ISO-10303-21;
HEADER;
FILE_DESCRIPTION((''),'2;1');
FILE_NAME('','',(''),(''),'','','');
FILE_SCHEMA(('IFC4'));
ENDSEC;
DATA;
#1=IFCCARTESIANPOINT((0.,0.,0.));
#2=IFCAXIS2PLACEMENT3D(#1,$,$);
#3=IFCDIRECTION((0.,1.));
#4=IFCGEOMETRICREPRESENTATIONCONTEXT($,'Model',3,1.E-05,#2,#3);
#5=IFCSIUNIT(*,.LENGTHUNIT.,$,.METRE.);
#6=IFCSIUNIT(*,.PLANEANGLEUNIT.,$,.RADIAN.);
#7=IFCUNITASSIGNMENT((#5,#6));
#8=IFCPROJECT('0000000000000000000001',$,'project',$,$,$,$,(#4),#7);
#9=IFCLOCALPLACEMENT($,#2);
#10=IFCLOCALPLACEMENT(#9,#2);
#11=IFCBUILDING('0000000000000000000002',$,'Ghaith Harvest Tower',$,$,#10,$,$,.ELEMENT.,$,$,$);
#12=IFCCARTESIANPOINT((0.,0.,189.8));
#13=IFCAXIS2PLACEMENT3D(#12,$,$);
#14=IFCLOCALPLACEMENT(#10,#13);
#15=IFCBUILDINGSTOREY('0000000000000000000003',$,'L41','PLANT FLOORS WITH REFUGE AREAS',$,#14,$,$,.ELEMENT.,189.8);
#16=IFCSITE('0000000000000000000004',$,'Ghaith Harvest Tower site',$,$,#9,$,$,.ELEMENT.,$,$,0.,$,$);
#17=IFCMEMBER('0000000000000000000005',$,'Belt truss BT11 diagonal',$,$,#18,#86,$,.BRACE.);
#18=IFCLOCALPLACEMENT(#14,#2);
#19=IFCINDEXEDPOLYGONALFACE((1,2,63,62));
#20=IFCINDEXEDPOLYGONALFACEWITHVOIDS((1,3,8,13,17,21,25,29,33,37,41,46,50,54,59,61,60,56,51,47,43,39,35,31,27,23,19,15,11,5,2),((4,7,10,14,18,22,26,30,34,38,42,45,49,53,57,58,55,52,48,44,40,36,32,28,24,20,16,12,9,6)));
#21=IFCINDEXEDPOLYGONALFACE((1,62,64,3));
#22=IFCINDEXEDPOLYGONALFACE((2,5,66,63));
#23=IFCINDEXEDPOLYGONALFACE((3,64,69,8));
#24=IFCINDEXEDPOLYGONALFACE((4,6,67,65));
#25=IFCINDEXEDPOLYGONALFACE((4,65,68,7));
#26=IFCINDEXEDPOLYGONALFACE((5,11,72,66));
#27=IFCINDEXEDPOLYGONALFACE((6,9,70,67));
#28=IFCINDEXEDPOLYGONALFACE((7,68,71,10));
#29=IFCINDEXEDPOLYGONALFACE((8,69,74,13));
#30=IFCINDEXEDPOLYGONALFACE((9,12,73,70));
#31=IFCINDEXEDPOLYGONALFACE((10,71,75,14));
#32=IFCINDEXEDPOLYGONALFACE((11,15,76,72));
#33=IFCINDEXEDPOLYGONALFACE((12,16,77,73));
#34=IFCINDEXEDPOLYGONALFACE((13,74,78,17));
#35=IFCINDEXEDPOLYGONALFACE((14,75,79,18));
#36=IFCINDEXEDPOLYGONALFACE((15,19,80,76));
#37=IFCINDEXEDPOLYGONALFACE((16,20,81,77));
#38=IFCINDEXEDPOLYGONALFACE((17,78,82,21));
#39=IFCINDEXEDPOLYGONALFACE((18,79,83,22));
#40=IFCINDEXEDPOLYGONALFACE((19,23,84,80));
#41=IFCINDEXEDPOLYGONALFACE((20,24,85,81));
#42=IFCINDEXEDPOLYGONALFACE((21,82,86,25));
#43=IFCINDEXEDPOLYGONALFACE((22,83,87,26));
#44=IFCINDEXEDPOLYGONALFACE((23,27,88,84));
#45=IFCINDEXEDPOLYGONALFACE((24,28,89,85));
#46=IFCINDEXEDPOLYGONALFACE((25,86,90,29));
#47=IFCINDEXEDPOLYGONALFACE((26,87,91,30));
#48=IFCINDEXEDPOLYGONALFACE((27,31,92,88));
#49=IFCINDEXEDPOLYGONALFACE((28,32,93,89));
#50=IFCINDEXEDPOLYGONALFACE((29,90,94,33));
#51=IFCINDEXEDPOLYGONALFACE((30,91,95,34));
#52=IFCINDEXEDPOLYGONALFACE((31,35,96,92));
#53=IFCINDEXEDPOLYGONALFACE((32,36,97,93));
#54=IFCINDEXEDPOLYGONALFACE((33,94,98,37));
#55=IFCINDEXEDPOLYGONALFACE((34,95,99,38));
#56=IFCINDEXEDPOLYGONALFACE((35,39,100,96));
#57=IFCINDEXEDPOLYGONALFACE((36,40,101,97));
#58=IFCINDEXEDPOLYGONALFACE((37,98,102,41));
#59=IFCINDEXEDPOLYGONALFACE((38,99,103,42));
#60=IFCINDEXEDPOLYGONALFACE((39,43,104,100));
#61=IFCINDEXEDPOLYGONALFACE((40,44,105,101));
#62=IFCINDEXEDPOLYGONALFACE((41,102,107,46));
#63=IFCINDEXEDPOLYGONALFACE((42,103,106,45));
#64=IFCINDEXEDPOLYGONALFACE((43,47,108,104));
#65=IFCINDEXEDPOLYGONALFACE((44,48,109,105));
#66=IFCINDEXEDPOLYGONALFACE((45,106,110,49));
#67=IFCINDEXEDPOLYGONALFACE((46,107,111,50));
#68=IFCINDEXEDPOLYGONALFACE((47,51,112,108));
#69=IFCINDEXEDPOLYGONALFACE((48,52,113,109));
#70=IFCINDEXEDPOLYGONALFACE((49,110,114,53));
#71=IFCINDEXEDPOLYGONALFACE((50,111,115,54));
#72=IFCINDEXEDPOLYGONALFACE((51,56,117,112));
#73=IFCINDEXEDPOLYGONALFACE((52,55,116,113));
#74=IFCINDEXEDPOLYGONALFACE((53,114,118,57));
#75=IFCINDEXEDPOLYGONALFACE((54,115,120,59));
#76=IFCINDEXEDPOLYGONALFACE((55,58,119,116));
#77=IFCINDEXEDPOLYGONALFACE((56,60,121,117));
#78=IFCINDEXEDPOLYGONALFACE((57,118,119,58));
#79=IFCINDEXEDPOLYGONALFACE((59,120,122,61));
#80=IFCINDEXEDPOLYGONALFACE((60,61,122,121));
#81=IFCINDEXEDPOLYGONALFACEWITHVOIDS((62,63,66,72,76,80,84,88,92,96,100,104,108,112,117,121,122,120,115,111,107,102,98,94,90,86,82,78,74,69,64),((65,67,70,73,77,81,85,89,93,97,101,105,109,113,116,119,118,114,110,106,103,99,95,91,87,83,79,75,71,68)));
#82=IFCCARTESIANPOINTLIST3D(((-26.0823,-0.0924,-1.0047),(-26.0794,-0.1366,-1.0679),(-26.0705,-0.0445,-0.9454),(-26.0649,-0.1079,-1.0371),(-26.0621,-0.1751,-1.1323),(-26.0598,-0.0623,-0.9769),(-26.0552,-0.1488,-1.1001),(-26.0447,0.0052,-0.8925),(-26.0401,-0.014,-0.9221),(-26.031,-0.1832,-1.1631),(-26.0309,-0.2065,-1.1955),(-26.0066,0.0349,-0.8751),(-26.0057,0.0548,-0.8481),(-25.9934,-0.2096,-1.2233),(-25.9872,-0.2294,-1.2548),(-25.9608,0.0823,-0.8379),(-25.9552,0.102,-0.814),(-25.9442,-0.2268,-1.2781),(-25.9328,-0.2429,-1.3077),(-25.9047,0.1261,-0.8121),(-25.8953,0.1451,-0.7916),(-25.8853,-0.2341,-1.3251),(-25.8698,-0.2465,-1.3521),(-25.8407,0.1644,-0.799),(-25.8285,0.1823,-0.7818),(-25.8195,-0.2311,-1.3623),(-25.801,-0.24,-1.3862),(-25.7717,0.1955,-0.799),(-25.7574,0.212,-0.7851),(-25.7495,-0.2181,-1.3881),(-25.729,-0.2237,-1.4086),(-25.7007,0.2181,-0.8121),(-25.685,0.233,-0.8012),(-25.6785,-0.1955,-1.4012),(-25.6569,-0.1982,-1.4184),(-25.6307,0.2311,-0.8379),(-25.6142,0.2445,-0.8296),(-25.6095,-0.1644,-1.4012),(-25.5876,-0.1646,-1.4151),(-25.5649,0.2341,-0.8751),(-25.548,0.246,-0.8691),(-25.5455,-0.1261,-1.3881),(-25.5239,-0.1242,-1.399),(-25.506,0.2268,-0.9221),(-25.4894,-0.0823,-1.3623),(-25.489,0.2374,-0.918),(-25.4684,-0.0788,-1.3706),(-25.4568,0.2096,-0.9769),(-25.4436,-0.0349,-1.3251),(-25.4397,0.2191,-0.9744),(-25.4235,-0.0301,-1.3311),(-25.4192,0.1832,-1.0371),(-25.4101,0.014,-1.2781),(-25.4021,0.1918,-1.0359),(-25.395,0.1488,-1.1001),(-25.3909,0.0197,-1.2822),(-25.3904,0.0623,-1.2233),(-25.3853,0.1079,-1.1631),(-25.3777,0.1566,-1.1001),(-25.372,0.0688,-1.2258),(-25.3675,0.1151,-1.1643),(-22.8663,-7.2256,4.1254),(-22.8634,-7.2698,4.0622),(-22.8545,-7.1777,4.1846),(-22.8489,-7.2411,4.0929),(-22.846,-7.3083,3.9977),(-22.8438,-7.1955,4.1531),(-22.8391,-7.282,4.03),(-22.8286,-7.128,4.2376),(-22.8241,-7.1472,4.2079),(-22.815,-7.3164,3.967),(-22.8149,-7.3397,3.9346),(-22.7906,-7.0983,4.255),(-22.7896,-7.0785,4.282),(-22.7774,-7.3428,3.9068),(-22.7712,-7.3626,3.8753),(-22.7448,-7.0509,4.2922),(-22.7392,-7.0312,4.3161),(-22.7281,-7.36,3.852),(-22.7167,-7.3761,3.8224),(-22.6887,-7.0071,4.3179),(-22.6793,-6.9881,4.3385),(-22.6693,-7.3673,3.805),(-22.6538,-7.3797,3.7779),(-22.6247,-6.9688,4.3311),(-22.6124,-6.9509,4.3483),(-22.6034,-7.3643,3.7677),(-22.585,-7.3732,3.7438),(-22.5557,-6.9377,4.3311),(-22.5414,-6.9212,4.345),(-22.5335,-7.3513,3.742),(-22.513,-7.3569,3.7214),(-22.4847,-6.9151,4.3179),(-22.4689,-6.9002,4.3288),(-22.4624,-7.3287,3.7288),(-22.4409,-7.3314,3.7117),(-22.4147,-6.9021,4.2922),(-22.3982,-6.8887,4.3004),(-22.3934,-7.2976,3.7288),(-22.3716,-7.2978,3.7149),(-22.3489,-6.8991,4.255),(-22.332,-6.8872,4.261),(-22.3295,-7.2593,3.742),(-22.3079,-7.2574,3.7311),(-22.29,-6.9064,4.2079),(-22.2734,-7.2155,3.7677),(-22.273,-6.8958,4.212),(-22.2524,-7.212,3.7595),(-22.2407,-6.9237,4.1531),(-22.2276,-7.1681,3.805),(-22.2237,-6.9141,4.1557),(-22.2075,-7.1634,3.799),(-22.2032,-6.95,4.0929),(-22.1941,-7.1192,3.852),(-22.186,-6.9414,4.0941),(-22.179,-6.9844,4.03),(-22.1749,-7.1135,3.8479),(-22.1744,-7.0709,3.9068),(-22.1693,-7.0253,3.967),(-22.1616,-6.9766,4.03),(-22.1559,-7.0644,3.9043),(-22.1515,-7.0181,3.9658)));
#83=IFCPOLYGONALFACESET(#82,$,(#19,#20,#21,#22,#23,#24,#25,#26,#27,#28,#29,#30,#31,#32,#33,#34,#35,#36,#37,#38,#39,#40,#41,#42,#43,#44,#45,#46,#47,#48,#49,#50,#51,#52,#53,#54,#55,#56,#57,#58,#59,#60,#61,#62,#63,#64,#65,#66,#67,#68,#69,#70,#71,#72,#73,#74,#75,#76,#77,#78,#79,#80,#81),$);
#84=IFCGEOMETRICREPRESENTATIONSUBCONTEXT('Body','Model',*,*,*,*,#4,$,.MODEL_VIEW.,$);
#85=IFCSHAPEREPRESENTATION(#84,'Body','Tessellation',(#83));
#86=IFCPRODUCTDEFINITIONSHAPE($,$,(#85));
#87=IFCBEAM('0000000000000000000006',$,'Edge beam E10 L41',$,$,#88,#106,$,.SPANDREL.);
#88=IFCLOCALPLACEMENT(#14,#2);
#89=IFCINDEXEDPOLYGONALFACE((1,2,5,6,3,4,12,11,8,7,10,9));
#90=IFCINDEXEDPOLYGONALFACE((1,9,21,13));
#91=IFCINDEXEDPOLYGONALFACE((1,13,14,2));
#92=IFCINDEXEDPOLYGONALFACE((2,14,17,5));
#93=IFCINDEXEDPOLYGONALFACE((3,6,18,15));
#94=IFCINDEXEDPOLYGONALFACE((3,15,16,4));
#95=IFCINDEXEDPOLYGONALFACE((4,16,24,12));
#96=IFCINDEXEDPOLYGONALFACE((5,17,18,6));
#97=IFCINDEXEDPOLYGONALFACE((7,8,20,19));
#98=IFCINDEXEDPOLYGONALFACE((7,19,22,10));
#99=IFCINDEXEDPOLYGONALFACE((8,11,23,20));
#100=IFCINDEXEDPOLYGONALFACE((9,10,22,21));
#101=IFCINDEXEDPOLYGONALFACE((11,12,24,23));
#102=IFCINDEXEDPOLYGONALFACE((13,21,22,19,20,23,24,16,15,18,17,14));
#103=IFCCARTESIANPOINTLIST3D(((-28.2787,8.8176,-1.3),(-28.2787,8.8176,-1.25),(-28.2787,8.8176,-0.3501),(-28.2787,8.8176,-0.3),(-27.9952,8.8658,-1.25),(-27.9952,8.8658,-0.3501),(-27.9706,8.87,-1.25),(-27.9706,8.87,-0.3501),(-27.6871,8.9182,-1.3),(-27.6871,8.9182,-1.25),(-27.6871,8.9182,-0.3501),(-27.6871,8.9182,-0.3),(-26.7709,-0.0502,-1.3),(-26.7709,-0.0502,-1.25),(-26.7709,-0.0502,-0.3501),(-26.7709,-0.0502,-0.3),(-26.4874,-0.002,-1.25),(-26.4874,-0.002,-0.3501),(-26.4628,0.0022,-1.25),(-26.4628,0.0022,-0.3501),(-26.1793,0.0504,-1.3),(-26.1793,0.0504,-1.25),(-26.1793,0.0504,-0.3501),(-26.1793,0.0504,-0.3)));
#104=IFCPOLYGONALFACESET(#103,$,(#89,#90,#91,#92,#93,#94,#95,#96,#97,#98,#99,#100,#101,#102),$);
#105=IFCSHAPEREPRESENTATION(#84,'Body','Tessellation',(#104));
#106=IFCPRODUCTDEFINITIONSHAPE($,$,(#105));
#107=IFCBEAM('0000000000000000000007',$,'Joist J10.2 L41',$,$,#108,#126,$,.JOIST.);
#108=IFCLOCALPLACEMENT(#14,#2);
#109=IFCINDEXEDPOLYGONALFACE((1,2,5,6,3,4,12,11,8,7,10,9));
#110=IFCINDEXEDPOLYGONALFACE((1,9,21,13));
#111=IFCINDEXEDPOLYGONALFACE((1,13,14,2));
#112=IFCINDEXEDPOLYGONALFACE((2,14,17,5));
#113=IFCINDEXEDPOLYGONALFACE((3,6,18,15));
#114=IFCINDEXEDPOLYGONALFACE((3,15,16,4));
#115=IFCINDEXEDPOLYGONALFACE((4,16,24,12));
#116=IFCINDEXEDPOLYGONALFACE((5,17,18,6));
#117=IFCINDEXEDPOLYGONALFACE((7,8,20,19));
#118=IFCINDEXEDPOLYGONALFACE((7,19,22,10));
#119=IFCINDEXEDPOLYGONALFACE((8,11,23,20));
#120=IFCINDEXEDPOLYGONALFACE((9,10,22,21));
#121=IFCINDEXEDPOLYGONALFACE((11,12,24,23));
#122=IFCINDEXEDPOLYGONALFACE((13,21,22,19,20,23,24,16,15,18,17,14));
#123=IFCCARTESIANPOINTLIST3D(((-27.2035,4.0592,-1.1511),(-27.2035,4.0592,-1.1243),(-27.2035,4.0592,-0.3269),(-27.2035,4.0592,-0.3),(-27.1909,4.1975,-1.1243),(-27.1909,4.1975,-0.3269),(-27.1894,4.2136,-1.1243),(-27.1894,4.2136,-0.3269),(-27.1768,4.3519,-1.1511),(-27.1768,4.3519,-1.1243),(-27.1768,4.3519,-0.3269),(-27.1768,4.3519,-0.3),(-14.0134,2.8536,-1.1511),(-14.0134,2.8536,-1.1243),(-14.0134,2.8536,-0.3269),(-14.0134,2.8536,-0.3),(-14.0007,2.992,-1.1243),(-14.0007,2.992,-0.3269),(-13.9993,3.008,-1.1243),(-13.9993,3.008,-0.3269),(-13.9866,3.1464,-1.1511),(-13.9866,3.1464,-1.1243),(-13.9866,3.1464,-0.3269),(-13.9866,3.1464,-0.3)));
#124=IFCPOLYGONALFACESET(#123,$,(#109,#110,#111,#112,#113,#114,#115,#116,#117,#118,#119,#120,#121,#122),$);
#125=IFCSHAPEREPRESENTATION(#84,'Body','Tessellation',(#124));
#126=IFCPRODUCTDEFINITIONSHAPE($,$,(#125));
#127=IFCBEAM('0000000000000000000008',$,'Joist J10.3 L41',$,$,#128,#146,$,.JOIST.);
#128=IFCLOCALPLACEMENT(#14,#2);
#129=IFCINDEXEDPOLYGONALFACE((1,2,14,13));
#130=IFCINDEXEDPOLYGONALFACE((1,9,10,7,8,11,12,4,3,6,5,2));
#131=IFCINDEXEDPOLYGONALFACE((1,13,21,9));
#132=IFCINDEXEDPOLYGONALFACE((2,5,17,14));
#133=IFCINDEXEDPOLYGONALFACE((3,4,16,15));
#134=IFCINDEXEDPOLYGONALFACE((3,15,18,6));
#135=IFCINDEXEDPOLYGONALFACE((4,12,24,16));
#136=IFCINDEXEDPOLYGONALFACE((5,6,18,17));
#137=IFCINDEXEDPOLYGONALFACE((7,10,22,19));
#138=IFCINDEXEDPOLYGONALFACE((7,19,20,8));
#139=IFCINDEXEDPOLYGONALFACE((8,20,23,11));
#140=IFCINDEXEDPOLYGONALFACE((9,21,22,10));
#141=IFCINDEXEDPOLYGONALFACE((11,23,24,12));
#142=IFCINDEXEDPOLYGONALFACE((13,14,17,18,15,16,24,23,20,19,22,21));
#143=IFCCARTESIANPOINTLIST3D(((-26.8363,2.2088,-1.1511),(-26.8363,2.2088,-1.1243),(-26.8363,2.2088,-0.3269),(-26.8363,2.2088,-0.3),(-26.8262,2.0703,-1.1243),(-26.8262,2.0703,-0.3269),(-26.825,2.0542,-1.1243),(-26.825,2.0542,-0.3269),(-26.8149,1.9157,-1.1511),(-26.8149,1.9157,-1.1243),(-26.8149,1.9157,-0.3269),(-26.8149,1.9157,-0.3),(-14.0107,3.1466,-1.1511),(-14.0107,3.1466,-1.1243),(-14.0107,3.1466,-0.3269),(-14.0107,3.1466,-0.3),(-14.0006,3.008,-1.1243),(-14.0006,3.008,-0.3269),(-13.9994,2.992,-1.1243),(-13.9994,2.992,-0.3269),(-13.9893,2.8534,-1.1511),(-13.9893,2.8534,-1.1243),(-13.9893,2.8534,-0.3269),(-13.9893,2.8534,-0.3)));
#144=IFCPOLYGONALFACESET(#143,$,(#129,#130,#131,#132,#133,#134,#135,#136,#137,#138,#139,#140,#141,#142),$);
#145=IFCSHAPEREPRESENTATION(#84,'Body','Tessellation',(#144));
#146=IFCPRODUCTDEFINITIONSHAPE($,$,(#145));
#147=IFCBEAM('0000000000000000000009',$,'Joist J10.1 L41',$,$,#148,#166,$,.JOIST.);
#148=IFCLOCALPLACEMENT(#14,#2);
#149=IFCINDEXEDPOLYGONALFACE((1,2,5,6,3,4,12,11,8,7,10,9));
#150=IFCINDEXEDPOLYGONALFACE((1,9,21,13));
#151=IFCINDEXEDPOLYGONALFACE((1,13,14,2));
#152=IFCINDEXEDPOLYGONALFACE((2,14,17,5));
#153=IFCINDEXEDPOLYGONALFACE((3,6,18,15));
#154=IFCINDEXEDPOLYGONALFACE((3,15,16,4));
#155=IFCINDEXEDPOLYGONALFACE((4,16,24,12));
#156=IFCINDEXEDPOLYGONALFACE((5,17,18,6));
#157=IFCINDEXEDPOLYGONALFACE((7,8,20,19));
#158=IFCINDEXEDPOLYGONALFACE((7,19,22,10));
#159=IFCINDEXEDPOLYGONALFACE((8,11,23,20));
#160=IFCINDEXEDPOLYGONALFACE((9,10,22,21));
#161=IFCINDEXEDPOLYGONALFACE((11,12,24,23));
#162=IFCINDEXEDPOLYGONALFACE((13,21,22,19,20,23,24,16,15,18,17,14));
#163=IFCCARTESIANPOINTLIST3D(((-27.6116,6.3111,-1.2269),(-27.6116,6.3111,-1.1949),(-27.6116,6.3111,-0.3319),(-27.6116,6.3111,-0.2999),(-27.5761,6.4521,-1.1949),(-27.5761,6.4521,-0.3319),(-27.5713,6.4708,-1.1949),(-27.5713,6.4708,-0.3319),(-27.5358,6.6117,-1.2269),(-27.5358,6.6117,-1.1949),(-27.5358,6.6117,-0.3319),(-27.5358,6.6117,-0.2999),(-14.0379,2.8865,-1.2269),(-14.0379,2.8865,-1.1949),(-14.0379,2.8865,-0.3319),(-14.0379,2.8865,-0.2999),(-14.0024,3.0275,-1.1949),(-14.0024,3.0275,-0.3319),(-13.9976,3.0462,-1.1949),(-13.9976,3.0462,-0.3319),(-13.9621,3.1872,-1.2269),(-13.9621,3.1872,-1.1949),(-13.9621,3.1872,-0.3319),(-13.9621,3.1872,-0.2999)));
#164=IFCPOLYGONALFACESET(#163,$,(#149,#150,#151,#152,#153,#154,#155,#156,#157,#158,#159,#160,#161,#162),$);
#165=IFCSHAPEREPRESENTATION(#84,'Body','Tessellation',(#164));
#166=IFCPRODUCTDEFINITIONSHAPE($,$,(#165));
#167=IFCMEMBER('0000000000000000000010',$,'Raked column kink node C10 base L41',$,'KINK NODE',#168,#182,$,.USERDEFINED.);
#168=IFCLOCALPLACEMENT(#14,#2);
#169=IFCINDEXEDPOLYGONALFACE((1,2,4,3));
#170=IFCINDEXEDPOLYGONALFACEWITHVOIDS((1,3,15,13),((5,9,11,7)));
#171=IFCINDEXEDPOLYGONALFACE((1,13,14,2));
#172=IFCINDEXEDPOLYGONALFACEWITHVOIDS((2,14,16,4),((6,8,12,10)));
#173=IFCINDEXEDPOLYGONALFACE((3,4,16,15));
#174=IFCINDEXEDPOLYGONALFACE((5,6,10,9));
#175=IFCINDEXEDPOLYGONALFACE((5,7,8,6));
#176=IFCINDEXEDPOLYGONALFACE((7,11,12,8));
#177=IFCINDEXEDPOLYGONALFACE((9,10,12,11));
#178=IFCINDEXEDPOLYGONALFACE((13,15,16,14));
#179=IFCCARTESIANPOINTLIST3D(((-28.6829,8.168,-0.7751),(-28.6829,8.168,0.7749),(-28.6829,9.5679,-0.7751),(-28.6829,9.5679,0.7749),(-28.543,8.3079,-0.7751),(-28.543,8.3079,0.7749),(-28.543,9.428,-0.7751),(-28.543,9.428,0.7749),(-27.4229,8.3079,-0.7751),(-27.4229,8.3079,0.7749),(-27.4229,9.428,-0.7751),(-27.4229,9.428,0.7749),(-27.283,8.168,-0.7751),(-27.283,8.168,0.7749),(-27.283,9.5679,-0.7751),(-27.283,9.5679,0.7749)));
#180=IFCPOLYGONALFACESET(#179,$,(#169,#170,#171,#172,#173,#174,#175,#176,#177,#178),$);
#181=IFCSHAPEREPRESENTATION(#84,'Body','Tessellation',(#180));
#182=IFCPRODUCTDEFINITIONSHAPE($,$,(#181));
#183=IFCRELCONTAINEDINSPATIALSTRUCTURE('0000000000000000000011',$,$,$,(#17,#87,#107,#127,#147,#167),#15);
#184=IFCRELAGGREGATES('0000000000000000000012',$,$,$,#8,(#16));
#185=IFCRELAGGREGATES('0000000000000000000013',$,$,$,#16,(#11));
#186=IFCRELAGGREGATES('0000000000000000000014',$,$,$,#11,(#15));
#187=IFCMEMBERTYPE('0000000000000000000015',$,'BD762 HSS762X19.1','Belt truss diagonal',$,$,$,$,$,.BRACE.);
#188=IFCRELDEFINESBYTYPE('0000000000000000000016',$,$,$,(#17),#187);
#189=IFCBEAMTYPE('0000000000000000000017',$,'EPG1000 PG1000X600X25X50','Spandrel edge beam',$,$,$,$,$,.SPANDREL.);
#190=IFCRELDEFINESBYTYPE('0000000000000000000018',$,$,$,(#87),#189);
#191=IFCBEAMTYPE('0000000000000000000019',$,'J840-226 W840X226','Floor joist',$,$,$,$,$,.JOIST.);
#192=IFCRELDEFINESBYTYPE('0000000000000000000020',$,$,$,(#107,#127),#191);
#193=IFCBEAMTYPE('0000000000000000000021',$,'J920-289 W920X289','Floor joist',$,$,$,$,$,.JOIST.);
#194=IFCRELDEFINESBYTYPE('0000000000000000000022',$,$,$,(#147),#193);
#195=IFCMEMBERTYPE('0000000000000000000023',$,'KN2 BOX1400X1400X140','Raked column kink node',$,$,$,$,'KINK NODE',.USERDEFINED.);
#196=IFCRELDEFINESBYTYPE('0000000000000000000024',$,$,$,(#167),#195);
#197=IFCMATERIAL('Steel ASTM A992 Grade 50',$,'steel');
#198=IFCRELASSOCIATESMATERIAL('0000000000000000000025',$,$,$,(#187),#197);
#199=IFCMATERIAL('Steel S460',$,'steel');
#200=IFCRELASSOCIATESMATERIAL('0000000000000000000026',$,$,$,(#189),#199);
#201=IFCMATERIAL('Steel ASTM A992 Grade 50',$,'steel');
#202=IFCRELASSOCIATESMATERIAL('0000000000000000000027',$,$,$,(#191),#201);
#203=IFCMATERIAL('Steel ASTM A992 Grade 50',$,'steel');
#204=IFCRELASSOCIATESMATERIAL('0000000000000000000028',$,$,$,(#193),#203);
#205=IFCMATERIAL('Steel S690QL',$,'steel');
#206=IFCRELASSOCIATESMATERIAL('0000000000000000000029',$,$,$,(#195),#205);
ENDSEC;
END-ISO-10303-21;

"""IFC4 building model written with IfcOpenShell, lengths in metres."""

from ifc_helpers import new_model, si_unit, direction, frame, origin, origin_2d, place, context, subcontext, project, spatial, hollow_rectangle, hollow_circle, i_section, extrude, material, material_profile, profile_set, type_object, element, save


model = new_model("IFC4")

# Units and contexts
model_context = context("Model", 3, precision=1e-05, world=origin(), true_north=direction((0.0, 1.0)))
body_context = subcontext(model_context, "Body", "Model", "MODEL_VIEW")
ifc_project = project(units=[si_unit("LENGTHUNIT", "METRE"), si_unit("PLANEANGLEUNIT", "RADIAN")], contexts=[model_context])

# Site, building, storey
site_placement = place(None, origin())
site = spatial("IfcSite", under=ifc_project, at=site_placement, Name="Ghaith Harvest Tower site", CompositionType="ELEMENT", RefElevation=0.0)
building_placement = place(site_placement, origin())
building = spatial("IfcBuilding", under=site, at=building_placement, Name="Ghaith Harvest Tower", CompositionType="ELEMENT")
storey_placement = place(building_placement, frame((0.0, 0.0, 189.8)))
storey = spatial("IfcBuildingStorey", under=building, at=storey_placement, Name="L41", Description="PLANT FLOORS WITH REFUGE AREAS", CompositionType="ELEMENT", Elevation=189.8)

# Member
ifc_material_1 = material(Name="Steel ASTM A992 Grade 50", Category="steel")
ifc_material_profile_1 = material_profile(ifc_material_1, hollow_circle(Radius=0.3811, WallThickness=0.019, at=origin_2d()), Name="HSS762X19.1")
ifc_profile_set_1 = profile_set([ifc_material_profile_1], Name="Steel ASTM A992 Grade 50")
member_type_1 = type_object("IfcMemberType", Name="BD762 HSS762X19.1", Description="Belt truss diagonal", PredefinedType="BRACE", material=ifc_profile_set_1)
member_1_placement = place(storey_placement, frame((-25.7251, 0.0, -1.1001), z_axis=(0.343723, -0.762385, 0.548292), x_axis=(0.911631, 0.411011, 0.0)))
element("IfcMember", 1, at=member_1_placement, inside=storey, type_object=member_type_1, Name="Belt truss BT11 diagonal", PredefinedType="BRACE", context=body_context, shape_type="SweptSolid", body=[
    extrude(hollow_circle(Radius=0.3811, WallThickness=0.019, at=origin_2d()), origin(), (0.0, 0.0, 1.0), 9.3564),
])

# Beams
ifc_material_2 = material(Name="Steel S460", Category="steel")
ifc_material_profile_2 = material_profile(ifc_material_2, i_section(OverallWidth=0.6001, OverallDepth=1.0, WebThickness=0.0249, FlangeThickness=0.05, at=origin_2d()), Name="PG1000X600X25X50")
ifc_profile_set_2 = profile_set([ifc_material_profile_2], Name="Steel S460")
beam_type_1 = type_object("IfcBeamType", Name="EPG1000 PG1000X600X25X50", Description="Spandrel edge beam", PredefinedType="SPANDREL", material=ifc_profile_set_2)
beam_1_placement = place(storey_placement, frame((-27.9829, 8.8679, -0.8), z_axis=(0.167624, -0.985851, 0.0), x_axis=(0.985851, 0.167624, 0.0)))
element("IfcBeam", 2, at=beam_1_placement, inside=storey, type_object=beam_type_1, Name="Edge beam E10 L41", PredefinedType="SPANDREL", context=body_context, shape_type="SweptSolid", body=[
    extrude(i_section(OverallWidth=0.6001, OverallDepth=1.0, WebThickness=0.0249, FlangeThickness=0.05, at=origin_2d()), origin(), (0.0, 0.0, 1.0), 8.9951),
])
ifc_material_3 = material(Name="Steel ASTM A992 Grade 50", Category="steel")
ifc_material_profile_3 = material_profile(ifc_material_3, i_section(OverallWidth=0.2939, OverallDepth=0.8511, WebThickness=0.0161, FlangeThickness=0.0269, at=origin_2d()), Name="W840X226")
ifc_profile_set_3 = profile_set([ifc_material_profile_3], Name="Steel ASTM A992 Grade 50")
beam_type_2 = type_object("IfcBeamType", Name="J840-226 W840X226", Description="Floor joist", PredefinedType="JOIST", material=ifc_profile_set_3)
beam_2_placement = place(storey_placement, frame((-14.0, 3.0, -0.7256), z_axis=(-0.995849, 0.091019, 0.0), x_axis=(-0.091019, -0.995849, 0.0)))
element("IfcBeam", 3, at=beam_2_placement, inside=storey, type_object=beam_type_2, Name="Joist J10.2 L41", PredefinedType="JOIST", context=body_context, shape_type="SweptSolid", body=[
    extrude(i_section(OverallWidth=0.2939, OverallDepth=0.8511, WebThickness=0.0161, FlangeThickness=0.0269, at=origin_2d()), origin(), (0.0, 0.0, 1.0), 13.2451),
])
beam_3_placement = place(storey_placement, frame((-14.0, 3.0, -0.7256), z_axis=(-0.997338, -0.07292, 0.0), x_axis=(0.07292, -0.997338, 0.0)))
element("IfcBeam", 4, at=beam_3_placement, inside=storey, type_object=beam_type_2, Name="Joist J10.3 L41", PredefinedType="JOIST", context=body_context, shape_type="SweptSolid", body=[
    extrude(i_section(OverallWidth=0.2939, OverallDepth=0.8511, WebThickness=0.0161, FlangeThickness=0.0269, at=origin_2d()), origin(), (0.0, 0.0, 1.0), 12.8599),
])
ifc_material_4 = material(Name="Steel ASTM A992 Grade 50", Category="steel")
ifc_material_profile_4 = material_profile(ifc_material_4, i_section(OverallWidth=0.3101, OverallDepth=0.927, WebThickness=0.0193, FlangeThickness=0.032, at=origin_2d()), Name="W920X289")
ifc_profile_set_4 = profile_set([ifc_material_profile_4], Name="Steel ASTM A992 Grade 50")
beam_type_3 = type_object("IfcBeamType", Name="J920-289 W920X289", Description="Floor joist", PredefinedType="JOIST", material=ifc_profile_set_4)
beam_4_placement = place(storey_placement, frame((-14.0, 3.0369, -0.7634), z_axis=(-0.969617, 0.244628, 0.0), x_axis=(-0.244628, -0.969617, 0.0)))
element("IfcBeam", 5, at=beam_4_placement, inside=storey, type_object=beam_type_3, Name="Joist J10.1 L41", PredefinedType="JOIST", context=body_context, shape_type="SweptSolid", body=[
    extrude(i_section(OverallWidth=0.3101, OverallDepth=0.927, WebThickness=0.0193, FlangeThickness=0.032, at=origin_2d()), origin(), (0.0, 0.0, 1.0), 13.999),
])

# Member
ifc_material_5 = material(Name="Steel S690QL", Category="steel")
ifc_material_profile_5 = material_profile(ifc_material_5, hollow_rectangle(XDim=1.3999, YDim=1.3999, WallThickness=0.1399, at=origin_2d()), Name="BOX1400X1400X140")
ifc_profile_set_5 = profile_set([ifc_material_profile_5], Name="Steel S690QL")
member_type_2 = type_object("IfcMemberType", Name="KN2 BOX1400X1400X140", Description="Raked column kink node", ElementType="KINK NODE", PredefinedType="USERDEFINED", material=ifc_profile_set_5)
member_2_placement = place(storey_placement, frame((-27.9829, 8.8679, -0.7751), z_axis=(0.0, 0.0, 1.0), x_axis=(1.0, 0.0, 0.0)))
element("IfcMember", 6, at=member_2_placement, inside=storey, type_object=member_type_2, Name="Raked column kink node C10 base L41", ObjectType="KINK NODE", PredefinedType="USERDEFINED", context=body_context, shape_type="SweptSolid", body=[
    extrude(hollow_rectangle(XDim=1.3999, YDim=1.3999, WallThickness=0.1399, at=origin_2d()), origin(), (0.0, 0.0, 1.0), 1.55),
])

save(model, "model.ifc")
